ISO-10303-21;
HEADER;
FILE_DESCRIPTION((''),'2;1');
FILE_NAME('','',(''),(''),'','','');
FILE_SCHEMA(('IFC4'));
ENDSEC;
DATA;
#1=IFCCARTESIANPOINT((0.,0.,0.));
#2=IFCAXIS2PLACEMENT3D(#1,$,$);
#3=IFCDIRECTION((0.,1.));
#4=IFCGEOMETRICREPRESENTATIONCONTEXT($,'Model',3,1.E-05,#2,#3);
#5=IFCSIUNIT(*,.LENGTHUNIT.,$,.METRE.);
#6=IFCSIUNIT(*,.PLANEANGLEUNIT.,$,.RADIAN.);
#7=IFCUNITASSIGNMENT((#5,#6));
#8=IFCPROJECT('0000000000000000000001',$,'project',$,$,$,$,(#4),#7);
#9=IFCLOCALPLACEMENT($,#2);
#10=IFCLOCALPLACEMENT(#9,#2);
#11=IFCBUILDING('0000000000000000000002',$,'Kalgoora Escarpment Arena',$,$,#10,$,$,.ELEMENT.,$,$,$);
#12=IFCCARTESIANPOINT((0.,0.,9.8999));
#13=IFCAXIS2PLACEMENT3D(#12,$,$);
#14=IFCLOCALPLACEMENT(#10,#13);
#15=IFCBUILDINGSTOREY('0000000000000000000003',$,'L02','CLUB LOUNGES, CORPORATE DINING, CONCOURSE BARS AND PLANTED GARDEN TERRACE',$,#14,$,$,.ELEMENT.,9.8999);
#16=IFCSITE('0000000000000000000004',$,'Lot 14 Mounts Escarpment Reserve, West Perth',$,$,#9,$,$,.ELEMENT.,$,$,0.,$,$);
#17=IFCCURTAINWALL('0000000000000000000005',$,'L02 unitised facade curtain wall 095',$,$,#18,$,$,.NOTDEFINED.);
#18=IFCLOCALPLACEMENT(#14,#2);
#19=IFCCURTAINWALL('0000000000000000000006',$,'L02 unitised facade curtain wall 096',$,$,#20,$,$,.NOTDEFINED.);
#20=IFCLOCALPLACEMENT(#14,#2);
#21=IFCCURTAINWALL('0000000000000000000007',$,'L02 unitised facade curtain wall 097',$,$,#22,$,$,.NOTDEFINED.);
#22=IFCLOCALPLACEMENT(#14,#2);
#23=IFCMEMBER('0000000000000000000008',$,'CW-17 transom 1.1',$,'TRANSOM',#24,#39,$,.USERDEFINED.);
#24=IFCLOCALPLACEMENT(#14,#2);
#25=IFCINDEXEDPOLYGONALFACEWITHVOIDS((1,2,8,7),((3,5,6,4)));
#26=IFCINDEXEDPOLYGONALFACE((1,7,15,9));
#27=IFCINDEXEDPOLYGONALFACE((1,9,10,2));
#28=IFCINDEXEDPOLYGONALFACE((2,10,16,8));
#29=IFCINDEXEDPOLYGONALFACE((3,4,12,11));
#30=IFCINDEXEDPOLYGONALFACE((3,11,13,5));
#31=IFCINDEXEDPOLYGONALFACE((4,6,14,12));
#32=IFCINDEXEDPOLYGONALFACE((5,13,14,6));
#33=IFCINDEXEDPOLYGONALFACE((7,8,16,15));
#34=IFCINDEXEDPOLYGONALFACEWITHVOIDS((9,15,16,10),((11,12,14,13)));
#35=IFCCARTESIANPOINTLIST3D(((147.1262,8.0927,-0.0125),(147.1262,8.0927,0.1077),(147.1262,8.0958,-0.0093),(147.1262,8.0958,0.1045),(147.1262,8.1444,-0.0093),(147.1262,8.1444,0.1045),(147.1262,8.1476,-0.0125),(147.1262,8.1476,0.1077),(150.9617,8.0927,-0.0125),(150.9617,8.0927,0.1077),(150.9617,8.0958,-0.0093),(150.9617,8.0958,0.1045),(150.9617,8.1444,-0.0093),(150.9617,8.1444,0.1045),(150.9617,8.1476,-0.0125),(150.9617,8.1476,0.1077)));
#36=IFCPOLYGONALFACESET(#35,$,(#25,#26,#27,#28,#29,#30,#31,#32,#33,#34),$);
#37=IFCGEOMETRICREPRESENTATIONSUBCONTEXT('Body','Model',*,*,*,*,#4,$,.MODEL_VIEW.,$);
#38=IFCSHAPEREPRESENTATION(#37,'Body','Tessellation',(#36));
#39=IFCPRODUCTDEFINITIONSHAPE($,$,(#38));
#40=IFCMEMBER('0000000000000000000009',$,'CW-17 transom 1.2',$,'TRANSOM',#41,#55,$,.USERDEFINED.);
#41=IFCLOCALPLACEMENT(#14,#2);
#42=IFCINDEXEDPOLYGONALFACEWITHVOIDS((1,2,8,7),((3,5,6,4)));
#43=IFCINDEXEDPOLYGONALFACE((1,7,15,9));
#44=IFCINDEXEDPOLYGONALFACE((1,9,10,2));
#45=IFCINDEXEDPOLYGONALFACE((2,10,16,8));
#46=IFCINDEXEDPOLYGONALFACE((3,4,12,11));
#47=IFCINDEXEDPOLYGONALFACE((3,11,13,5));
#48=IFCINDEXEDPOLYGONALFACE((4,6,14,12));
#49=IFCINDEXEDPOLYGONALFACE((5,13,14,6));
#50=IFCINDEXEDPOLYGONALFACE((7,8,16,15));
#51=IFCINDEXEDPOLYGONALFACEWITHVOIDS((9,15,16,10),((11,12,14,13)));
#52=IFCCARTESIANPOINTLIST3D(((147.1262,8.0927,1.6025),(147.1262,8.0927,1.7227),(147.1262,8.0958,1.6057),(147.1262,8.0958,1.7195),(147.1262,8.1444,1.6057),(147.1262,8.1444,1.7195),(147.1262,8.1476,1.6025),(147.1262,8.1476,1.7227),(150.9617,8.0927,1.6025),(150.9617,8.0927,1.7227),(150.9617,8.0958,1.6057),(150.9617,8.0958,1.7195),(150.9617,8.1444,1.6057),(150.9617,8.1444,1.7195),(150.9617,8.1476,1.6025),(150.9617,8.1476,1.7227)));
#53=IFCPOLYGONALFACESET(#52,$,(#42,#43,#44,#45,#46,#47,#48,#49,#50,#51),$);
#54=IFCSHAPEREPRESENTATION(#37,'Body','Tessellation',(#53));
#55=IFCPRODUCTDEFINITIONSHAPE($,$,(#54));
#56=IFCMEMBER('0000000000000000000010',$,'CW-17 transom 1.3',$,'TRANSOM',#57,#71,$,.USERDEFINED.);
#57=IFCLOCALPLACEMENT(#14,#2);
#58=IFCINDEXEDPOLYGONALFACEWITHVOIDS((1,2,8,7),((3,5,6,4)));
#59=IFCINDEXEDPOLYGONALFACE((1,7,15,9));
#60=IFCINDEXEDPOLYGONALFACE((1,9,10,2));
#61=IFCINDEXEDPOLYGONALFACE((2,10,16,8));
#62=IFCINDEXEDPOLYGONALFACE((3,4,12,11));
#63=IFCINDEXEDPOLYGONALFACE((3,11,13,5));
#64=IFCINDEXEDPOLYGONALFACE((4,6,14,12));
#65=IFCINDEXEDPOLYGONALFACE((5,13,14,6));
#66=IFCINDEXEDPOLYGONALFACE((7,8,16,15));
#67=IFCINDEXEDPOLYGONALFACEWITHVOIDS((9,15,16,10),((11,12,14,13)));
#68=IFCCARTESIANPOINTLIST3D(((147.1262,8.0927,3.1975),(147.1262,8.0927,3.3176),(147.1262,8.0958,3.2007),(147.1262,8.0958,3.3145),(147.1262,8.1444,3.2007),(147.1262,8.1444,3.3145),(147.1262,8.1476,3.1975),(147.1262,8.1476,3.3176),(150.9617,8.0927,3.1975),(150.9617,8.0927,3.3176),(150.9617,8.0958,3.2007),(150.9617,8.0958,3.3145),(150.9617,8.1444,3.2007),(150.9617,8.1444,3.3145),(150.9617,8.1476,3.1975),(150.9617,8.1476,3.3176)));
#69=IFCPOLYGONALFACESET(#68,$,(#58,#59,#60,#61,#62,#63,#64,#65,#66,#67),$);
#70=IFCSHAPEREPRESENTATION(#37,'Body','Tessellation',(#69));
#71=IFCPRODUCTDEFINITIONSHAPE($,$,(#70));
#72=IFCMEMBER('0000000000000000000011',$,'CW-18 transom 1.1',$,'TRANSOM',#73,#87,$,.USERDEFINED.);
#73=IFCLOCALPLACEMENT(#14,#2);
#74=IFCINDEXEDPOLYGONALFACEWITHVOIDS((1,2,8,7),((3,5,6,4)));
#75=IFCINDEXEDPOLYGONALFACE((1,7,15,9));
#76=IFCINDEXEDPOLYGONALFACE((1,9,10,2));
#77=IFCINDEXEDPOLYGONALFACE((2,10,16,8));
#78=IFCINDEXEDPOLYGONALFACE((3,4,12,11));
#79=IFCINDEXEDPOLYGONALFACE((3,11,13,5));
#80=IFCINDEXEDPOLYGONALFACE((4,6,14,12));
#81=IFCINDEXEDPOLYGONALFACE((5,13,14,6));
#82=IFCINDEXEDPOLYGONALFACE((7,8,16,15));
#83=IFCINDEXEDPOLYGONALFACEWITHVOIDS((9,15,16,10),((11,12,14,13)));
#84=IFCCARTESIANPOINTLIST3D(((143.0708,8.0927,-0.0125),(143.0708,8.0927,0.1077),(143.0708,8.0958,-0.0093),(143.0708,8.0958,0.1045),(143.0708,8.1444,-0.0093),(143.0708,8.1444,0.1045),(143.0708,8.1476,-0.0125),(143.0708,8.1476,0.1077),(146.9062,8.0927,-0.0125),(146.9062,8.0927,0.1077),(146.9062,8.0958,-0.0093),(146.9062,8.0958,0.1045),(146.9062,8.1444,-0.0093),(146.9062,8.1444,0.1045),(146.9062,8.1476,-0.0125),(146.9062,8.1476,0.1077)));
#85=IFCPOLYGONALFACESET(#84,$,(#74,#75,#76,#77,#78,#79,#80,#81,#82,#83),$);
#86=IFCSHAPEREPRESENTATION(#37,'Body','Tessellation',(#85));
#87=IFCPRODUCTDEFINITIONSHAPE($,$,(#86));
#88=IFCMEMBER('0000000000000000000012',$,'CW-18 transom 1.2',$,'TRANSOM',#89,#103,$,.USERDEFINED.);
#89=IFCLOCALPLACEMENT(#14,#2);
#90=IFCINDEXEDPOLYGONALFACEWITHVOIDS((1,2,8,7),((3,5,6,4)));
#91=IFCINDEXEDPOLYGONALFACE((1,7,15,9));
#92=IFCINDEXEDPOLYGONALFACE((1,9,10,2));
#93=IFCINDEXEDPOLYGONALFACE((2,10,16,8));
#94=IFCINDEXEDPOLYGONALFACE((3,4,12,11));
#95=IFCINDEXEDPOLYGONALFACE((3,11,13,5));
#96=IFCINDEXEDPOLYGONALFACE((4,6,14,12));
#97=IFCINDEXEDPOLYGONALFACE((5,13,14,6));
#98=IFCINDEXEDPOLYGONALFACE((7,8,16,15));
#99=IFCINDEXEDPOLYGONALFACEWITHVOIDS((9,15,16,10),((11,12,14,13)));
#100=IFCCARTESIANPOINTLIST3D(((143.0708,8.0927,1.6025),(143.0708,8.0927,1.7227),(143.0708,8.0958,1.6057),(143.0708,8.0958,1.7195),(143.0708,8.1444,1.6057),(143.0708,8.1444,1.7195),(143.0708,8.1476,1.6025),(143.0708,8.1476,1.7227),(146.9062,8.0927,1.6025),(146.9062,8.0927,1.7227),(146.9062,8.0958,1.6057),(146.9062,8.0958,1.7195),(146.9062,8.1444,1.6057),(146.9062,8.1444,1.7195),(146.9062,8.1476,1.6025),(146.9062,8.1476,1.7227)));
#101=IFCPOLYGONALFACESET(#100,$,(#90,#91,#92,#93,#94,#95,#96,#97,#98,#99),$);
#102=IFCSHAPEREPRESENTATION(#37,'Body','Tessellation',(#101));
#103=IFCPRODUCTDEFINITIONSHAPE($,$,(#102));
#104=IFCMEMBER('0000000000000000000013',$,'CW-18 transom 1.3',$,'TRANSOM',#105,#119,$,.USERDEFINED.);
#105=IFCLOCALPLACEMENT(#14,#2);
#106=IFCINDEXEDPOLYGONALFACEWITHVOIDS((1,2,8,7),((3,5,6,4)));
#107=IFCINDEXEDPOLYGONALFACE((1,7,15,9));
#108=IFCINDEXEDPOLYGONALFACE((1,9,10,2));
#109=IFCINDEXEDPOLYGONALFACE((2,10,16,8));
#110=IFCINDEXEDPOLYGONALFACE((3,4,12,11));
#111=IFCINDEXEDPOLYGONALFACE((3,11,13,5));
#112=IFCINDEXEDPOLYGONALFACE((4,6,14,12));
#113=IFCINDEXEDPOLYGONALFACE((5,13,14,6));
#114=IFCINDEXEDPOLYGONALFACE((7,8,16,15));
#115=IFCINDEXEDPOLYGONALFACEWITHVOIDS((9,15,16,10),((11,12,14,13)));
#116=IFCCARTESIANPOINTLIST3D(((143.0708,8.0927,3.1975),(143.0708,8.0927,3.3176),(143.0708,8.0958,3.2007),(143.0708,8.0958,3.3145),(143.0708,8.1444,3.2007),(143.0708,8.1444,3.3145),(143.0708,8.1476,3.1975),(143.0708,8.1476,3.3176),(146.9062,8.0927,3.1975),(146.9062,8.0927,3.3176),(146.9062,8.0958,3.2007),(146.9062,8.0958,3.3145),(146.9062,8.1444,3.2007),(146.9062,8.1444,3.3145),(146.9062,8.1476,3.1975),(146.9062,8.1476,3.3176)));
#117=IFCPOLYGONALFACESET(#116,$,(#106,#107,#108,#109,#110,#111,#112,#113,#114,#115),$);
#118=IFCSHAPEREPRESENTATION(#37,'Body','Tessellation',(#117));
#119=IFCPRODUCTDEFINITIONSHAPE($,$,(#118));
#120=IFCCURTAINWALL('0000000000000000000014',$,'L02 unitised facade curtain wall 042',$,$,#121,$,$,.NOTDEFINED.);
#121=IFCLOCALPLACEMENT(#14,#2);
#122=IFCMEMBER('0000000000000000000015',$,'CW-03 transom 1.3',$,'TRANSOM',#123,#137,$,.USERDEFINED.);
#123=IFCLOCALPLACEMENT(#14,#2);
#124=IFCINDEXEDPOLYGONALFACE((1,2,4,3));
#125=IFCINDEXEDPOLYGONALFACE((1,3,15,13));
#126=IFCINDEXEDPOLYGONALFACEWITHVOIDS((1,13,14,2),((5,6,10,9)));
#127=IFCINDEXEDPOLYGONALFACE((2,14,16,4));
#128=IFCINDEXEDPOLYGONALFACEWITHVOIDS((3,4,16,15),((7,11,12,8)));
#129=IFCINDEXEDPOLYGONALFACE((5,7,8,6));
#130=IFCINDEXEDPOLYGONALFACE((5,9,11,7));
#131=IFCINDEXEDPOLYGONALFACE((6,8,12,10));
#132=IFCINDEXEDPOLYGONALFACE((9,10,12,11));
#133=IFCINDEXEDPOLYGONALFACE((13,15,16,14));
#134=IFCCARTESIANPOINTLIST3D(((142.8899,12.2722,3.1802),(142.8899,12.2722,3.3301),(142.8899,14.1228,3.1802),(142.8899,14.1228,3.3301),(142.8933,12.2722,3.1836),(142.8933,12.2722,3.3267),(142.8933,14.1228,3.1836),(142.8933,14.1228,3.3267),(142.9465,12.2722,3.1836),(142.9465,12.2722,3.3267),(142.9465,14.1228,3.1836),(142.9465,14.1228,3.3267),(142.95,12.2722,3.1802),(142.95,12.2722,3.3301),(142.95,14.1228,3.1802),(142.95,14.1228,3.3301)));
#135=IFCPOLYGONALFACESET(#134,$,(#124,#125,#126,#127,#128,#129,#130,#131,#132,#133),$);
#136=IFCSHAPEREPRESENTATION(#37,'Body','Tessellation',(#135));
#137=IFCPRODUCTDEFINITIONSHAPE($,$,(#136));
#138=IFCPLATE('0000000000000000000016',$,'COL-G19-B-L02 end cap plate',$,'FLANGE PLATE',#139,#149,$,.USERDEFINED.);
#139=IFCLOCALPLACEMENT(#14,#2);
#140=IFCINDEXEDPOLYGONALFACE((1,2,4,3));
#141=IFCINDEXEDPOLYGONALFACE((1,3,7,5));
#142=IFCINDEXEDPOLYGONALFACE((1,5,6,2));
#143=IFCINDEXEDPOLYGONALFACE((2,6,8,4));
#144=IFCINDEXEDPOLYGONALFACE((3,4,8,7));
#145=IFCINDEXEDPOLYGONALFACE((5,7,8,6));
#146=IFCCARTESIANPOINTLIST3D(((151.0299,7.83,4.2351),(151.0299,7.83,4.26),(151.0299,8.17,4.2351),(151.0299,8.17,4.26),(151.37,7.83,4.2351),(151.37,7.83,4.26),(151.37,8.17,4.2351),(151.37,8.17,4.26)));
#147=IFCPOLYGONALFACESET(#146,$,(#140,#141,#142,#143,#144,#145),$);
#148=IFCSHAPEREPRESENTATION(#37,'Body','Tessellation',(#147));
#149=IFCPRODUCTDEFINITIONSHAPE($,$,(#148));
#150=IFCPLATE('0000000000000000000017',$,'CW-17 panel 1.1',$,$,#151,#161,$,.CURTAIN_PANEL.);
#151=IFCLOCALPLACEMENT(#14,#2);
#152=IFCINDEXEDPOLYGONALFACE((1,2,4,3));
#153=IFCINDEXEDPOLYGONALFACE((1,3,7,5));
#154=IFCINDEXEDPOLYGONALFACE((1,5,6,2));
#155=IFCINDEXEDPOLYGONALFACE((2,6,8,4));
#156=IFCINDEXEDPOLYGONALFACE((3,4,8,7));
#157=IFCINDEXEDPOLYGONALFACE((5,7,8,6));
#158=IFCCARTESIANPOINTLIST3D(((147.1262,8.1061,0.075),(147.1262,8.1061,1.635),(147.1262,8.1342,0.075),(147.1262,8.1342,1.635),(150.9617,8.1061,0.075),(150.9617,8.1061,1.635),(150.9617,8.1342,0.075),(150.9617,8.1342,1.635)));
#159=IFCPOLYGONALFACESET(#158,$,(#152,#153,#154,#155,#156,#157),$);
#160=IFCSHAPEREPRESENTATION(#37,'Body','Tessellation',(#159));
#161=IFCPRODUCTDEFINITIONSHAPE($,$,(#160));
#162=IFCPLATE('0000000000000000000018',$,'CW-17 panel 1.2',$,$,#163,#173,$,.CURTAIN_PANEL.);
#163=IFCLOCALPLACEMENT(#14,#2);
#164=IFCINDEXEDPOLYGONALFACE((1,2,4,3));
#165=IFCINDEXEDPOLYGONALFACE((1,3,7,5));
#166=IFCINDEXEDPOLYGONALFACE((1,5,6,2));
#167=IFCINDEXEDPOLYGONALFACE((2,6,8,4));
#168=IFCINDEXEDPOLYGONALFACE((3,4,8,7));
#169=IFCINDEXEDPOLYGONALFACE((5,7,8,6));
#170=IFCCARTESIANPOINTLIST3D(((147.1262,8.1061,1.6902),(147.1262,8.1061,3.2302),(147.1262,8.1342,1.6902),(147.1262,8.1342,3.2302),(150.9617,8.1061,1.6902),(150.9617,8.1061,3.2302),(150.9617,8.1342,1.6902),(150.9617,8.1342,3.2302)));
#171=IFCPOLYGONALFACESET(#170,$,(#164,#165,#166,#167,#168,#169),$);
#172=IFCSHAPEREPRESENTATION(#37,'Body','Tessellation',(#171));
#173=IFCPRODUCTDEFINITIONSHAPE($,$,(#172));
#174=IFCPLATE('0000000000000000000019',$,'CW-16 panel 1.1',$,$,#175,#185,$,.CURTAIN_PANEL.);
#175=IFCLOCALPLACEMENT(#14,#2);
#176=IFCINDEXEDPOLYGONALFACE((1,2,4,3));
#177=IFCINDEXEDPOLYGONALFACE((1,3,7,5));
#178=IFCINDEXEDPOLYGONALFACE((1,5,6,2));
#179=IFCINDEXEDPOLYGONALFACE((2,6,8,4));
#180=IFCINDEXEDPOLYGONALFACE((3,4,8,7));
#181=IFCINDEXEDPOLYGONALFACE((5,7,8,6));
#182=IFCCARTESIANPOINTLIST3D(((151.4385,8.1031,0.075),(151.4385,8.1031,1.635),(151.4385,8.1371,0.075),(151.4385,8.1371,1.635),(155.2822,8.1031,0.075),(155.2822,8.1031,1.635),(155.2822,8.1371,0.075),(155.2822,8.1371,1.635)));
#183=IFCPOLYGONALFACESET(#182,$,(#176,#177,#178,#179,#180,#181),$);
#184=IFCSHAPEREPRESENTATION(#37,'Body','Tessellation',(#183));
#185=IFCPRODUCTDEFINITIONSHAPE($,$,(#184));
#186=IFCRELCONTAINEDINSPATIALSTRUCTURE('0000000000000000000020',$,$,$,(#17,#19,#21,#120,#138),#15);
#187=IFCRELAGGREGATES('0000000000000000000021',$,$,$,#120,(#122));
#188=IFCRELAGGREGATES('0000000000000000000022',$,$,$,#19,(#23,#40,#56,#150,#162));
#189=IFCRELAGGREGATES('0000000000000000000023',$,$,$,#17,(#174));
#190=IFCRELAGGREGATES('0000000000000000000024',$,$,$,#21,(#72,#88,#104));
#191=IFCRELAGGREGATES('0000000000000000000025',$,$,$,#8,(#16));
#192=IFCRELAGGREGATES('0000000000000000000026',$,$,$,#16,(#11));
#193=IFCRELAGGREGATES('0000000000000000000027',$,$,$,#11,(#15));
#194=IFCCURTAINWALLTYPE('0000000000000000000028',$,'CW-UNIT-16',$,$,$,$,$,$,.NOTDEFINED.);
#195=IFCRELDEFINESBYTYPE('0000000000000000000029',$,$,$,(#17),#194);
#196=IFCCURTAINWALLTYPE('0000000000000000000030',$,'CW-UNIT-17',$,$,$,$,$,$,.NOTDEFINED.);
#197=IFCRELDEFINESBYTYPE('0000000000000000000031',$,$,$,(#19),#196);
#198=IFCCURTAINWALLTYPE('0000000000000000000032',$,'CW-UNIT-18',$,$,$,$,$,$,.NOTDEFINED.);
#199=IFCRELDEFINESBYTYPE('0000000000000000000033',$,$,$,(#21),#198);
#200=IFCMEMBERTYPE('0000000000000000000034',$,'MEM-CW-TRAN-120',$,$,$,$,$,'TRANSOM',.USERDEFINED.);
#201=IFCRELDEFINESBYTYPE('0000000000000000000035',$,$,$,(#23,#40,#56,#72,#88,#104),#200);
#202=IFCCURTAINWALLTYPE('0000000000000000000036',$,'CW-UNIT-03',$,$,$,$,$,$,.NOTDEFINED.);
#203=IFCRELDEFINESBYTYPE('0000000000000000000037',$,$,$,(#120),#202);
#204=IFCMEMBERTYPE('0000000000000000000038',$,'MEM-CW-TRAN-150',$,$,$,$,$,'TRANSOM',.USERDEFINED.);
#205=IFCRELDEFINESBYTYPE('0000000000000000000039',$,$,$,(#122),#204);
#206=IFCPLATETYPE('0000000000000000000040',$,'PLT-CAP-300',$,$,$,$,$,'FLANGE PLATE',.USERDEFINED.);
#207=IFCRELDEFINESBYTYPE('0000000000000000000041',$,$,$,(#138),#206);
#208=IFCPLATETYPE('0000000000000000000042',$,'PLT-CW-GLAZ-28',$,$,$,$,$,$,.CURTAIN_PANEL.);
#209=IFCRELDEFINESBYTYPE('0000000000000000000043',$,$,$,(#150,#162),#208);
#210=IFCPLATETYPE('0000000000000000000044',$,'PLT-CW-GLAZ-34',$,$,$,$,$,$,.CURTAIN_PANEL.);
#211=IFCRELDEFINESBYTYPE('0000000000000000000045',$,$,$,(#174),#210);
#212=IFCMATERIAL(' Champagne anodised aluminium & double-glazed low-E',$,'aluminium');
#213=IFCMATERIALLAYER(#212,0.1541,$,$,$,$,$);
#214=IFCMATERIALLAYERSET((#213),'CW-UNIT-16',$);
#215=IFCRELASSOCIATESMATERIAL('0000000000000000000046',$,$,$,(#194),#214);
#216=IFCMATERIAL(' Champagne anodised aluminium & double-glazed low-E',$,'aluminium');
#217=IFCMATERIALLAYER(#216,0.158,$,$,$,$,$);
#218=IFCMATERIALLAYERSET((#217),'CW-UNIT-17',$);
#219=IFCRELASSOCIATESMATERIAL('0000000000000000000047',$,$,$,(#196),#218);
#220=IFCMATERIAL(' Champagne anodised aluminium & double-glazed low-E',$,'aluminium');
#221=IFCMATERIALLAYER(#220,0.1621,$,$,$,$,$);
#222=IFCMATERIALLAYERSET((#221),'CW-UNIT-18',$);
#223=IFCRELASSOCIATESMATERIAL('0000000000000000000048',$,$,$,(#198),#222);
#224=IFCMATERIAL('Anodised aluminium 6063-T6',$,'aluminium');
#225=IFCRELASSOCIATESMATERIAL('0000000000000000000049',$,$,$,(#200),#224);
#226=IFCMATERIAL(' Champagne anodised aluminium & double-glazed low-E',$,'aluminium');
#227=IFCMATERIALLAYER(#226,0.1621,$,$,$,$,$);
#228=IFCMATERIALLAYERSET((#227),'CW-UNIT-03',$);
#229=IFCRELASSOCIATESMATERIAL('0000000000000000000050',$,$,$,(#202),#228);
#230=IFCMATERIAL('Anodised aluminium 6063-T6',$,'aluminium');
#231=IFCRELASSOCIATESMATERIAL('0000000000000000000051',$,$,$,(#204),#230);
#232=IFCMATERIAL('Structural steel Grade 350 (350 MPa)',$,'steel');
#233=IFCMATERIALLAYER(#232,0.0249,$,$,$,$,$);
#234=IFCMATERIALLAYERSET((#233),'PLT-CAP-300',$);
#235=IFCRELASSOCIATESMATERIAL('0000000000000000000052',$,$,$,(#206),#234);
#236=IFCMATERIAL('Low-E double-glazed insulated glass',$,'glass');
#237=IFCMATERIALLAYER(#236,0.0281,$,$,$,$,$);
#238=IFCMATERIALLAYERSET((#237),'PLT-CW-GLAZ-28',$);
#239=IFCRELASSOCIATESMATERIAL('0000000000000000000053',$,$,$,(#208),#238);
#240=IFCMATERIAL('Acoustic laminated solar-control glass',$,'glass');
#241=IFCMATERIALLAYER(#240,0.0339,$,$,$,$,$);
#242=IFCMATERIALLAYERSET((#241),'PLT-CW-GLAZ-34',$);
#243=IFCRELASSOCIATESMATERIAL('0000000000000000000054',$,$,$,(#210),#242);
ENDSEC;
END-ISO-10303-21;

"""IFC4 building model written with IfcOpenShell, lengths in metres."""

from ifc_helpers import new_model, si_unit, direction, frame, origin, origin_2d, place, context, subcontext, project, spatial, rectangle, hollow_rectangle, extrude, material, layer, layer_set, material_profile, profile_set, type_object, element, aggregate, save


model = new_model("IFC4")

# Units and contexts
model_context = context("Model", 3, precision=1e-05, world=origin(), true_north=direction((0.0, 1.0)))
body_context = subcontext(model_context, "Body", "Model", "MODEL_VIEW")
ifc_project = project(units=[si_unit("LENGTHUNIT", "METRE"), si_unit("PLANEANGLEUNIT", "RADIAN")], contexts=[model_context])

# Site, building, storey
site_placement = place(None, origin())
site = spatial("IfcSite", under=ifc_project, at=site_placement, Name="Lot 14 Mounts Escarpment Reserve, West Perth", CompositionType="ELEMENT", RefElevation=0.0)
building_placement = place(site_placement, origin())
building = spatial("IfcBuilding", under=site, at=building_placement, Name="Kalgoora Escarpment Arena", CompositionType="ELEMENT")
storey_placement = place(building_placement, frame((0.0, 0.0, 9.8999)))
storey = spatial("IfcBuildingStorey", under=building, at=storey_placement, Name="L02", Description="CLUB LOUNGES, CORPORATE DINING, CONCOURSE BARS AND PLANTED GARDEN TERRACE", CompositionType="ELEMENT", Elevation=9.8999)

# Curtain wall
ifc_material_1 = material(Name=" Champagne anodised aluminium & double-glazed low-E", Category="aluminium")
ifc_layer_1 = layer(ifc_material_1, 0.1541)
ifc_layer_set_1 = layer_set([ifc_layer_1], Name="CW-UNIT-16")
curtain_wall_type_1 = type_object("IfcCurtainWallType", Name="CW-UNIT-16", PredefinedType="NOTDEFINED", material=ifc_layer_set_1)
curtain_wall_1_placement = place(storey_placement, origin())
curtain_wall_1 = element("IfcCurtainWall", 1, at=curtain_wall_1_placement, inside=storey, type_object=curtain_wall_type_1, Name="L02 unitised facade curtain wall 095", PredefinedType="NOTDEFINED")

# Curtain walls
ifc_material_2 = material(Name=" Champagne anodised aluminium & double-glazed low-E", Category="aluminium")
ifc_layer_2 = layer(ifc_material_2, 0.158)
ifc_layer_set_2 = layer_set([ifc_layer_2], Name="CW-UNIT-17")
curtain_wall_type_2 = type_object("IfcCurtainWallType", Name="CW-UNIT-17", PredefinedType="NOTDEFINED", material=ifc_layer_set_2)
curtain_wall_2_placement = place(storey_placement, origin())
curtain_wall_2 = element("IfcCurtainWall", 2, at=curtain_wall_2_placement, inside=storey, type_object=curtain_wall_type_2, Name="L02 unitised facade curtain wall 096", PredefinedType="NOTDEFINED")
ifc_material_3 = material(Name=" Champagne anodised aluminium & double-glazed low-E", Category="aluminium")
ifc_layer_3 = layer(ifc_material_3, 0.1621)
ifc_layer_set_3 = layer_set([ifc_layer_3], Name="CW-UNIT-18")
curtain_wall_type_3 = type_object("IfcCurtainWallType", Name="CW-UNIT-18", PredefinedType="NOTDEFINED", material=ifc_layer_set_3)
curtain_wall_3_placement = place(storey_placement, origin())
curtain_wall_3 = element("IfcCurtainWall", 3, at=curtain_wall_3_placement, inside=storey, type_object=curtain_wall_type_3, Name="L02 unitised facade curtain wall 097", PredefinedType="NOTDEFINED")

# Members
ifc_material_4 = material(Name="Anodised aluminium 6063-T6", Category="aluminium")
ifc_material_profile_1 = material_profile(ifc_material_4, hollow_rectangle(XDim=0.0549, YDim=0.1201, WallThickness=0.0032, at=origin_2d()))
ifc_profile_set_1 = profile_set([ifc_material_profile_1], Name="Anodised aluminium 6063-T6")
member_type_1 = type_object("IfcMemberType", Name="MEM-CW-TRAN-120", ElementType="TRANSOM", PredefinedType="USERDEFINED", material=ifc_profile_set_1)
member_1_placement = place(storey_placement, frame((150.9617, 8.1201, 0.0476), z_axis=(-1.0, 0.0, 0.0), x_axis=(0.0, -1.0, 0.0)))
member_1 = element("IfcMember", 4, at=member_1_placement, type_object=member_type_1, Name="CW-17 transom 1.1", ObjectType="TRANSOM", PredefinedType="USERDEFINED", context=body_context, shape_type="SweptSolid", body=[
    extrude(hollow_rectangle(XDim=0.0549, YDim=0.1201, WallThickness=0.0032, at=origin_2d()), origin(), (0.0, 0.0, 1.0), 3.8354),
])
member_2_placement = place(storey_placement, frame((150.9617, 8.1201, 1.6626), z_axis=(-1.0, 0.0, 0.0), x_axis=(0.0, -1.0, 0.0)))
member_2 = element("IfcMember", 5, at=member_2_placement, type_object=member_type_1, Name="CW-17 transom 1.2", ObjectType="TRANSOM", PredefinedType="USERDEFINED", context=body_context, shape_type="SweptSolid", body=[
    extrude(hollow_rectangle(XDim=0.0549, YDim=0.1201, WallThickness=0.0032, at=origin_2d()), origin(), (0.0, 0.0, 1.0), 3.8354),
])
member_3_placement = place(storey_placement, frame((150.9617, 8.1201, 3.2576), z_axis=(-1.0, 0.0, 0.0), x_axis=(0.0, -1.0, 0.0)))
member_3 = element("IfcMember", 6, at=member_3_placement, type_object=member_type_1, Name="CW-17 transom 1.3", ObjectType="TRANSOM", PredefinedType="USERDEFINED", context=body_context, shape_type="SweptSolid", body=[
    extrude(hollow_rectangle(XDim=0.0549, YDim=0.1201, WallThickness=0.0032, at=origin_2d()), origin(), (0.0, 0.0, 1.0), 3.8354),
])
member_4_placement = place(storey_placement, frame((146.9062, 8.1201, 0.0476), z_axis=(-1.0, 0.0, 0.0), x_axis=(0.0, -1.0, 0.0)))
member_4 = element("IfcMember", 7, at=member_4_placement, type_object=member_type_1, Name="CW-18 transom 1.1", ObjectType="TRANSOM", PredefinedType="USERDEFINED", context=body_context, shape_type="SweptSolid", body=[
    extrude(hollow_rectangle(XDim=0.0549, YDim=0.1201, WallThickness=0.0032, at=origin_2d()), origin(), (0.0, 0.0, 1.0), 3.8354),
])
member_5_placement = place(storey_placement, frame((146.9062, 8.1201, 1.6626), z_axis=(-1.0, 0.0, 0.0), x_axis=(0.0, -1.0, 0.0)))
member_5 = element("IfcMember", 8, at=member_5_placement, type_object=member_type_1, Name="CW-18 transom 1.2", ObjectType="TRANSOM", PredefinedType="USERDEFINED", context=body_context, shape_type="SweptSolid", body=[
    extrude(hollow_rectangle(XDim=0.0549, YDim=0.1201, WallThickness=0.0032, at=origin_2d()), origin(), (0.0, 0.0, 1.0), 3.8354),
])
member_6_placement = place(storey_placement, frame((146.9062, 8.1201, 3.2576), z_axis=(-1.0, 0.0, 0.0), x_axis=(0.0, -1.0, 0.0)))
member_6 = element("IfcMember", 9, at=member_6_placement, type_object=member_type_1, Name="CW-18 transom 1.3", ObjectType="TRANSOM", PredefinedType="USERDEFINED", context=body_context, shape_type="SweptSolid", body=[
    extrude(hollow_rectangle(XDim=0.0549, YDim=0.1201, WallThickness=0.0032, at=origin_2d()), origin(), (0.0, 0.0, 1.0), 3.8354),
])

# Curtain wall, member
ifc_material_5 = material(Name=" Champagne anodised aluminium & double-glazed low-E", Category="aluminium")
ifc_layer_4 = layer(ifc_material_5, 0.1621)
ifc_layer_set_4 = layer_set([ifc_layer_4], Name="CW-UNIT-03")
curtain_wall_type_4 = type_object("IfcCurtainWallType", Name="CW-UNIT-03", PredefinedType="NOTDEFINED", material=ifc_layer_set_4)
curtain_wall_4_placement = place(storey_placement, origin())
curtain_wall_4 = element("IfcCurtainWall", 10, at=curtain_wall_4_placement, inside=storey, type_object=curtain_wall_type_4, Name="L02 unitised facade curtain wall 042", PredefinedType="NOTDEFINED")
ifc_material_6 = material(Name="Anodised aluminium 6063-T6", Category="aluminium")
ifc_material_profile_2 = material_profile(ifc_material_6, hollow_rectangle(XDim=0.0601, YDim=0.1499, WallThickness=0.0034, at=origin_2d()))
ifc_profile_set_2 = profile_set([ifc_material_profile_2], Name="Anodised aluminium 6063-T6")
member_type_2 = type_object("IfcMemberType", Name="MEM-CW-TRAN-150", ElementType="TRANSOM", PredefinedType="USERDEFINED", material=ifc_profile_set_2)
member_7_placement = place(storey_placement, frame((142.9199, 12.2722, 3.2551), z_axis=(0.0, 1.0, 0.0), x_axis=(-1.0, 0.0, 0.0)))
member_7 = element("IfcMember", 11, at=member_7_placement, type_object=member_type_2, Name="CW-03 transom 1.3", ObjectType="TRANSOM", PredefinedType="USERDEFINED", context=body_context, shape_type="SweptSolid", body=[
    extrude(hollow_rectangle(XDim=0.0601, YDim=0.1499, WallThickness=0.0034, at=origin_2d()), origin(), (0.0, 0.0, 1.0), 1.8506),
])
aggregate(curtain_wall_4, [member_7])

# Plates
ifc_material_7 = material(Name="Structural steel Grade 350 (350 MPa)", Category="steel")
ifc_layer_5 = layer(ifc_material_7, 0.0249)
ifc_layer_set_5 = layer_set([ifc_layer_5], Name="PLT-CAP-300")
plate_type_1 = type_object("IfcPlateType", Name="PLT-CAP-300", ElementType="FLANGE PLATE", PredefinedType="USERDEFINED", material=ifc_layer_set_5)
plate_1_placement = place(storey_placement, frame((151.2, 8.0, 4.2351), z_axis=(0.0, 0.0, 1.0), x_axis=(1.0, 0.0, 0.0)))
element("IfcPlate", 12, at=plate_1_placement, inside=storey, type_object=plate_type_1, Name="COL-G19-B-L02 end cap plate", ObjectType="FLANGE PLATE", PredefinedType="USERDEFINED", context=body_context, shape_type="SweptSolid", body=[
    extrude(rectangle(XDim=0.3401, YDim=0.3401, at=origin_2d()), origin(), (0.0, 0.0, 1.0), 0.0249),
])
ifc_material_8 = material(Name="Low-E double-glazed insulated glass", Category="glass")
ifc_layer_6 = layer(ifc_material_8, 0.0281)
ifc_layer_set_6 = layer_set([ifc_layer_6], Name="PLT-CW-GLAZ-28")
plate_type_2 = type_object("IfcPlateType", Name="PLT-CW-GLAZ-28", PredefinedType="CURTAIN_PANEL", material=ifc_layer_set_6)
plate_2_placement = place(storey_placement, frame((149.0439, 8.1201, 0.075), z_axis=(0.0, 0.0, 1.0), x_axis=(-1.0, 0.0, 0.0)))
plate_2 = element("IfcPlate", 13, at=plate_2_placement, type_object=plate_type_2, Name="CW-17 panel 1.1", PredefinedType="CURTAIN_PANEL", context=body_context, shape_type="SweptSolid", body=[
    extrude(rectangle(XDim=3.8354, YDim=0.0281, at=origin_2d()), origin(), (0.0, 0.0, 1.0), 1.5601),
])
plate_3_placement = place(storey_placement, frame((149.0439, 8.1201, 1.6902), z_axis=(0.0, 0.0, 1.0), x_axis=(-1.0, 0.0, 0.0)))
plate_3 = element("IfcPlate", 14, at=plate_3_placement, type_object=plate_type_2, Name="CW-17 panel 1.2", PredefinedType="CURTAIN_PANEL", context=body_context, shape_type="SweptSolid", body=[
    extrude(rectangle(XDim=3.8354, YDim=0.0281, at=origin_2d()), origin(), (0.0, 0.0, 1.0), 1.54),
])
aggregate(curtain_wall_2, [member_1, member_2, member_3, plate_2, plate_3])
ifc_material_9 = material(Name="Acoustic laminated solar-control glass", Category="glass")
ifc_layer_7 = layer(ifc_material_9, 0.0339)
ifc_layer_set_7 = layer_set([ifc_layer_7], Name="PLT-CW-GLAZ-34")
plate_type_3 = type_object("IfcPlateType", Name="PLT-CW-GLAZ-34", PredefinedType="CURTAIN_PANEL", material=ifc_layer_set_7)
plate_4_placement = place(storey_placement, frame((153.3604, 8.1201, 0.075), z_axis=(0.0, 0.0, 1.0), x_axis=(-1.0, 0.0, 0.0)))
plate_4 = element("IfcPlate", 15, at=plate_4_placement, type_object=plate_type_3, Name="CW-16 panel 1.1", PredefinedType="CURTAIN_PANEL", context=body_context, shape_type="SweptSolid", body=[
    extrude(rectangle(XDim=3.8438, YDim=0.0339, at=origin_2d()), origin(), (0.0, 0.0, 1.0), 1.5601),
])
aggregate(curtain_wall_1, [plate_4])
aggregate(curtain_wall_3, [member_4, member_5, member_6])

save(model, "model.ifc")
